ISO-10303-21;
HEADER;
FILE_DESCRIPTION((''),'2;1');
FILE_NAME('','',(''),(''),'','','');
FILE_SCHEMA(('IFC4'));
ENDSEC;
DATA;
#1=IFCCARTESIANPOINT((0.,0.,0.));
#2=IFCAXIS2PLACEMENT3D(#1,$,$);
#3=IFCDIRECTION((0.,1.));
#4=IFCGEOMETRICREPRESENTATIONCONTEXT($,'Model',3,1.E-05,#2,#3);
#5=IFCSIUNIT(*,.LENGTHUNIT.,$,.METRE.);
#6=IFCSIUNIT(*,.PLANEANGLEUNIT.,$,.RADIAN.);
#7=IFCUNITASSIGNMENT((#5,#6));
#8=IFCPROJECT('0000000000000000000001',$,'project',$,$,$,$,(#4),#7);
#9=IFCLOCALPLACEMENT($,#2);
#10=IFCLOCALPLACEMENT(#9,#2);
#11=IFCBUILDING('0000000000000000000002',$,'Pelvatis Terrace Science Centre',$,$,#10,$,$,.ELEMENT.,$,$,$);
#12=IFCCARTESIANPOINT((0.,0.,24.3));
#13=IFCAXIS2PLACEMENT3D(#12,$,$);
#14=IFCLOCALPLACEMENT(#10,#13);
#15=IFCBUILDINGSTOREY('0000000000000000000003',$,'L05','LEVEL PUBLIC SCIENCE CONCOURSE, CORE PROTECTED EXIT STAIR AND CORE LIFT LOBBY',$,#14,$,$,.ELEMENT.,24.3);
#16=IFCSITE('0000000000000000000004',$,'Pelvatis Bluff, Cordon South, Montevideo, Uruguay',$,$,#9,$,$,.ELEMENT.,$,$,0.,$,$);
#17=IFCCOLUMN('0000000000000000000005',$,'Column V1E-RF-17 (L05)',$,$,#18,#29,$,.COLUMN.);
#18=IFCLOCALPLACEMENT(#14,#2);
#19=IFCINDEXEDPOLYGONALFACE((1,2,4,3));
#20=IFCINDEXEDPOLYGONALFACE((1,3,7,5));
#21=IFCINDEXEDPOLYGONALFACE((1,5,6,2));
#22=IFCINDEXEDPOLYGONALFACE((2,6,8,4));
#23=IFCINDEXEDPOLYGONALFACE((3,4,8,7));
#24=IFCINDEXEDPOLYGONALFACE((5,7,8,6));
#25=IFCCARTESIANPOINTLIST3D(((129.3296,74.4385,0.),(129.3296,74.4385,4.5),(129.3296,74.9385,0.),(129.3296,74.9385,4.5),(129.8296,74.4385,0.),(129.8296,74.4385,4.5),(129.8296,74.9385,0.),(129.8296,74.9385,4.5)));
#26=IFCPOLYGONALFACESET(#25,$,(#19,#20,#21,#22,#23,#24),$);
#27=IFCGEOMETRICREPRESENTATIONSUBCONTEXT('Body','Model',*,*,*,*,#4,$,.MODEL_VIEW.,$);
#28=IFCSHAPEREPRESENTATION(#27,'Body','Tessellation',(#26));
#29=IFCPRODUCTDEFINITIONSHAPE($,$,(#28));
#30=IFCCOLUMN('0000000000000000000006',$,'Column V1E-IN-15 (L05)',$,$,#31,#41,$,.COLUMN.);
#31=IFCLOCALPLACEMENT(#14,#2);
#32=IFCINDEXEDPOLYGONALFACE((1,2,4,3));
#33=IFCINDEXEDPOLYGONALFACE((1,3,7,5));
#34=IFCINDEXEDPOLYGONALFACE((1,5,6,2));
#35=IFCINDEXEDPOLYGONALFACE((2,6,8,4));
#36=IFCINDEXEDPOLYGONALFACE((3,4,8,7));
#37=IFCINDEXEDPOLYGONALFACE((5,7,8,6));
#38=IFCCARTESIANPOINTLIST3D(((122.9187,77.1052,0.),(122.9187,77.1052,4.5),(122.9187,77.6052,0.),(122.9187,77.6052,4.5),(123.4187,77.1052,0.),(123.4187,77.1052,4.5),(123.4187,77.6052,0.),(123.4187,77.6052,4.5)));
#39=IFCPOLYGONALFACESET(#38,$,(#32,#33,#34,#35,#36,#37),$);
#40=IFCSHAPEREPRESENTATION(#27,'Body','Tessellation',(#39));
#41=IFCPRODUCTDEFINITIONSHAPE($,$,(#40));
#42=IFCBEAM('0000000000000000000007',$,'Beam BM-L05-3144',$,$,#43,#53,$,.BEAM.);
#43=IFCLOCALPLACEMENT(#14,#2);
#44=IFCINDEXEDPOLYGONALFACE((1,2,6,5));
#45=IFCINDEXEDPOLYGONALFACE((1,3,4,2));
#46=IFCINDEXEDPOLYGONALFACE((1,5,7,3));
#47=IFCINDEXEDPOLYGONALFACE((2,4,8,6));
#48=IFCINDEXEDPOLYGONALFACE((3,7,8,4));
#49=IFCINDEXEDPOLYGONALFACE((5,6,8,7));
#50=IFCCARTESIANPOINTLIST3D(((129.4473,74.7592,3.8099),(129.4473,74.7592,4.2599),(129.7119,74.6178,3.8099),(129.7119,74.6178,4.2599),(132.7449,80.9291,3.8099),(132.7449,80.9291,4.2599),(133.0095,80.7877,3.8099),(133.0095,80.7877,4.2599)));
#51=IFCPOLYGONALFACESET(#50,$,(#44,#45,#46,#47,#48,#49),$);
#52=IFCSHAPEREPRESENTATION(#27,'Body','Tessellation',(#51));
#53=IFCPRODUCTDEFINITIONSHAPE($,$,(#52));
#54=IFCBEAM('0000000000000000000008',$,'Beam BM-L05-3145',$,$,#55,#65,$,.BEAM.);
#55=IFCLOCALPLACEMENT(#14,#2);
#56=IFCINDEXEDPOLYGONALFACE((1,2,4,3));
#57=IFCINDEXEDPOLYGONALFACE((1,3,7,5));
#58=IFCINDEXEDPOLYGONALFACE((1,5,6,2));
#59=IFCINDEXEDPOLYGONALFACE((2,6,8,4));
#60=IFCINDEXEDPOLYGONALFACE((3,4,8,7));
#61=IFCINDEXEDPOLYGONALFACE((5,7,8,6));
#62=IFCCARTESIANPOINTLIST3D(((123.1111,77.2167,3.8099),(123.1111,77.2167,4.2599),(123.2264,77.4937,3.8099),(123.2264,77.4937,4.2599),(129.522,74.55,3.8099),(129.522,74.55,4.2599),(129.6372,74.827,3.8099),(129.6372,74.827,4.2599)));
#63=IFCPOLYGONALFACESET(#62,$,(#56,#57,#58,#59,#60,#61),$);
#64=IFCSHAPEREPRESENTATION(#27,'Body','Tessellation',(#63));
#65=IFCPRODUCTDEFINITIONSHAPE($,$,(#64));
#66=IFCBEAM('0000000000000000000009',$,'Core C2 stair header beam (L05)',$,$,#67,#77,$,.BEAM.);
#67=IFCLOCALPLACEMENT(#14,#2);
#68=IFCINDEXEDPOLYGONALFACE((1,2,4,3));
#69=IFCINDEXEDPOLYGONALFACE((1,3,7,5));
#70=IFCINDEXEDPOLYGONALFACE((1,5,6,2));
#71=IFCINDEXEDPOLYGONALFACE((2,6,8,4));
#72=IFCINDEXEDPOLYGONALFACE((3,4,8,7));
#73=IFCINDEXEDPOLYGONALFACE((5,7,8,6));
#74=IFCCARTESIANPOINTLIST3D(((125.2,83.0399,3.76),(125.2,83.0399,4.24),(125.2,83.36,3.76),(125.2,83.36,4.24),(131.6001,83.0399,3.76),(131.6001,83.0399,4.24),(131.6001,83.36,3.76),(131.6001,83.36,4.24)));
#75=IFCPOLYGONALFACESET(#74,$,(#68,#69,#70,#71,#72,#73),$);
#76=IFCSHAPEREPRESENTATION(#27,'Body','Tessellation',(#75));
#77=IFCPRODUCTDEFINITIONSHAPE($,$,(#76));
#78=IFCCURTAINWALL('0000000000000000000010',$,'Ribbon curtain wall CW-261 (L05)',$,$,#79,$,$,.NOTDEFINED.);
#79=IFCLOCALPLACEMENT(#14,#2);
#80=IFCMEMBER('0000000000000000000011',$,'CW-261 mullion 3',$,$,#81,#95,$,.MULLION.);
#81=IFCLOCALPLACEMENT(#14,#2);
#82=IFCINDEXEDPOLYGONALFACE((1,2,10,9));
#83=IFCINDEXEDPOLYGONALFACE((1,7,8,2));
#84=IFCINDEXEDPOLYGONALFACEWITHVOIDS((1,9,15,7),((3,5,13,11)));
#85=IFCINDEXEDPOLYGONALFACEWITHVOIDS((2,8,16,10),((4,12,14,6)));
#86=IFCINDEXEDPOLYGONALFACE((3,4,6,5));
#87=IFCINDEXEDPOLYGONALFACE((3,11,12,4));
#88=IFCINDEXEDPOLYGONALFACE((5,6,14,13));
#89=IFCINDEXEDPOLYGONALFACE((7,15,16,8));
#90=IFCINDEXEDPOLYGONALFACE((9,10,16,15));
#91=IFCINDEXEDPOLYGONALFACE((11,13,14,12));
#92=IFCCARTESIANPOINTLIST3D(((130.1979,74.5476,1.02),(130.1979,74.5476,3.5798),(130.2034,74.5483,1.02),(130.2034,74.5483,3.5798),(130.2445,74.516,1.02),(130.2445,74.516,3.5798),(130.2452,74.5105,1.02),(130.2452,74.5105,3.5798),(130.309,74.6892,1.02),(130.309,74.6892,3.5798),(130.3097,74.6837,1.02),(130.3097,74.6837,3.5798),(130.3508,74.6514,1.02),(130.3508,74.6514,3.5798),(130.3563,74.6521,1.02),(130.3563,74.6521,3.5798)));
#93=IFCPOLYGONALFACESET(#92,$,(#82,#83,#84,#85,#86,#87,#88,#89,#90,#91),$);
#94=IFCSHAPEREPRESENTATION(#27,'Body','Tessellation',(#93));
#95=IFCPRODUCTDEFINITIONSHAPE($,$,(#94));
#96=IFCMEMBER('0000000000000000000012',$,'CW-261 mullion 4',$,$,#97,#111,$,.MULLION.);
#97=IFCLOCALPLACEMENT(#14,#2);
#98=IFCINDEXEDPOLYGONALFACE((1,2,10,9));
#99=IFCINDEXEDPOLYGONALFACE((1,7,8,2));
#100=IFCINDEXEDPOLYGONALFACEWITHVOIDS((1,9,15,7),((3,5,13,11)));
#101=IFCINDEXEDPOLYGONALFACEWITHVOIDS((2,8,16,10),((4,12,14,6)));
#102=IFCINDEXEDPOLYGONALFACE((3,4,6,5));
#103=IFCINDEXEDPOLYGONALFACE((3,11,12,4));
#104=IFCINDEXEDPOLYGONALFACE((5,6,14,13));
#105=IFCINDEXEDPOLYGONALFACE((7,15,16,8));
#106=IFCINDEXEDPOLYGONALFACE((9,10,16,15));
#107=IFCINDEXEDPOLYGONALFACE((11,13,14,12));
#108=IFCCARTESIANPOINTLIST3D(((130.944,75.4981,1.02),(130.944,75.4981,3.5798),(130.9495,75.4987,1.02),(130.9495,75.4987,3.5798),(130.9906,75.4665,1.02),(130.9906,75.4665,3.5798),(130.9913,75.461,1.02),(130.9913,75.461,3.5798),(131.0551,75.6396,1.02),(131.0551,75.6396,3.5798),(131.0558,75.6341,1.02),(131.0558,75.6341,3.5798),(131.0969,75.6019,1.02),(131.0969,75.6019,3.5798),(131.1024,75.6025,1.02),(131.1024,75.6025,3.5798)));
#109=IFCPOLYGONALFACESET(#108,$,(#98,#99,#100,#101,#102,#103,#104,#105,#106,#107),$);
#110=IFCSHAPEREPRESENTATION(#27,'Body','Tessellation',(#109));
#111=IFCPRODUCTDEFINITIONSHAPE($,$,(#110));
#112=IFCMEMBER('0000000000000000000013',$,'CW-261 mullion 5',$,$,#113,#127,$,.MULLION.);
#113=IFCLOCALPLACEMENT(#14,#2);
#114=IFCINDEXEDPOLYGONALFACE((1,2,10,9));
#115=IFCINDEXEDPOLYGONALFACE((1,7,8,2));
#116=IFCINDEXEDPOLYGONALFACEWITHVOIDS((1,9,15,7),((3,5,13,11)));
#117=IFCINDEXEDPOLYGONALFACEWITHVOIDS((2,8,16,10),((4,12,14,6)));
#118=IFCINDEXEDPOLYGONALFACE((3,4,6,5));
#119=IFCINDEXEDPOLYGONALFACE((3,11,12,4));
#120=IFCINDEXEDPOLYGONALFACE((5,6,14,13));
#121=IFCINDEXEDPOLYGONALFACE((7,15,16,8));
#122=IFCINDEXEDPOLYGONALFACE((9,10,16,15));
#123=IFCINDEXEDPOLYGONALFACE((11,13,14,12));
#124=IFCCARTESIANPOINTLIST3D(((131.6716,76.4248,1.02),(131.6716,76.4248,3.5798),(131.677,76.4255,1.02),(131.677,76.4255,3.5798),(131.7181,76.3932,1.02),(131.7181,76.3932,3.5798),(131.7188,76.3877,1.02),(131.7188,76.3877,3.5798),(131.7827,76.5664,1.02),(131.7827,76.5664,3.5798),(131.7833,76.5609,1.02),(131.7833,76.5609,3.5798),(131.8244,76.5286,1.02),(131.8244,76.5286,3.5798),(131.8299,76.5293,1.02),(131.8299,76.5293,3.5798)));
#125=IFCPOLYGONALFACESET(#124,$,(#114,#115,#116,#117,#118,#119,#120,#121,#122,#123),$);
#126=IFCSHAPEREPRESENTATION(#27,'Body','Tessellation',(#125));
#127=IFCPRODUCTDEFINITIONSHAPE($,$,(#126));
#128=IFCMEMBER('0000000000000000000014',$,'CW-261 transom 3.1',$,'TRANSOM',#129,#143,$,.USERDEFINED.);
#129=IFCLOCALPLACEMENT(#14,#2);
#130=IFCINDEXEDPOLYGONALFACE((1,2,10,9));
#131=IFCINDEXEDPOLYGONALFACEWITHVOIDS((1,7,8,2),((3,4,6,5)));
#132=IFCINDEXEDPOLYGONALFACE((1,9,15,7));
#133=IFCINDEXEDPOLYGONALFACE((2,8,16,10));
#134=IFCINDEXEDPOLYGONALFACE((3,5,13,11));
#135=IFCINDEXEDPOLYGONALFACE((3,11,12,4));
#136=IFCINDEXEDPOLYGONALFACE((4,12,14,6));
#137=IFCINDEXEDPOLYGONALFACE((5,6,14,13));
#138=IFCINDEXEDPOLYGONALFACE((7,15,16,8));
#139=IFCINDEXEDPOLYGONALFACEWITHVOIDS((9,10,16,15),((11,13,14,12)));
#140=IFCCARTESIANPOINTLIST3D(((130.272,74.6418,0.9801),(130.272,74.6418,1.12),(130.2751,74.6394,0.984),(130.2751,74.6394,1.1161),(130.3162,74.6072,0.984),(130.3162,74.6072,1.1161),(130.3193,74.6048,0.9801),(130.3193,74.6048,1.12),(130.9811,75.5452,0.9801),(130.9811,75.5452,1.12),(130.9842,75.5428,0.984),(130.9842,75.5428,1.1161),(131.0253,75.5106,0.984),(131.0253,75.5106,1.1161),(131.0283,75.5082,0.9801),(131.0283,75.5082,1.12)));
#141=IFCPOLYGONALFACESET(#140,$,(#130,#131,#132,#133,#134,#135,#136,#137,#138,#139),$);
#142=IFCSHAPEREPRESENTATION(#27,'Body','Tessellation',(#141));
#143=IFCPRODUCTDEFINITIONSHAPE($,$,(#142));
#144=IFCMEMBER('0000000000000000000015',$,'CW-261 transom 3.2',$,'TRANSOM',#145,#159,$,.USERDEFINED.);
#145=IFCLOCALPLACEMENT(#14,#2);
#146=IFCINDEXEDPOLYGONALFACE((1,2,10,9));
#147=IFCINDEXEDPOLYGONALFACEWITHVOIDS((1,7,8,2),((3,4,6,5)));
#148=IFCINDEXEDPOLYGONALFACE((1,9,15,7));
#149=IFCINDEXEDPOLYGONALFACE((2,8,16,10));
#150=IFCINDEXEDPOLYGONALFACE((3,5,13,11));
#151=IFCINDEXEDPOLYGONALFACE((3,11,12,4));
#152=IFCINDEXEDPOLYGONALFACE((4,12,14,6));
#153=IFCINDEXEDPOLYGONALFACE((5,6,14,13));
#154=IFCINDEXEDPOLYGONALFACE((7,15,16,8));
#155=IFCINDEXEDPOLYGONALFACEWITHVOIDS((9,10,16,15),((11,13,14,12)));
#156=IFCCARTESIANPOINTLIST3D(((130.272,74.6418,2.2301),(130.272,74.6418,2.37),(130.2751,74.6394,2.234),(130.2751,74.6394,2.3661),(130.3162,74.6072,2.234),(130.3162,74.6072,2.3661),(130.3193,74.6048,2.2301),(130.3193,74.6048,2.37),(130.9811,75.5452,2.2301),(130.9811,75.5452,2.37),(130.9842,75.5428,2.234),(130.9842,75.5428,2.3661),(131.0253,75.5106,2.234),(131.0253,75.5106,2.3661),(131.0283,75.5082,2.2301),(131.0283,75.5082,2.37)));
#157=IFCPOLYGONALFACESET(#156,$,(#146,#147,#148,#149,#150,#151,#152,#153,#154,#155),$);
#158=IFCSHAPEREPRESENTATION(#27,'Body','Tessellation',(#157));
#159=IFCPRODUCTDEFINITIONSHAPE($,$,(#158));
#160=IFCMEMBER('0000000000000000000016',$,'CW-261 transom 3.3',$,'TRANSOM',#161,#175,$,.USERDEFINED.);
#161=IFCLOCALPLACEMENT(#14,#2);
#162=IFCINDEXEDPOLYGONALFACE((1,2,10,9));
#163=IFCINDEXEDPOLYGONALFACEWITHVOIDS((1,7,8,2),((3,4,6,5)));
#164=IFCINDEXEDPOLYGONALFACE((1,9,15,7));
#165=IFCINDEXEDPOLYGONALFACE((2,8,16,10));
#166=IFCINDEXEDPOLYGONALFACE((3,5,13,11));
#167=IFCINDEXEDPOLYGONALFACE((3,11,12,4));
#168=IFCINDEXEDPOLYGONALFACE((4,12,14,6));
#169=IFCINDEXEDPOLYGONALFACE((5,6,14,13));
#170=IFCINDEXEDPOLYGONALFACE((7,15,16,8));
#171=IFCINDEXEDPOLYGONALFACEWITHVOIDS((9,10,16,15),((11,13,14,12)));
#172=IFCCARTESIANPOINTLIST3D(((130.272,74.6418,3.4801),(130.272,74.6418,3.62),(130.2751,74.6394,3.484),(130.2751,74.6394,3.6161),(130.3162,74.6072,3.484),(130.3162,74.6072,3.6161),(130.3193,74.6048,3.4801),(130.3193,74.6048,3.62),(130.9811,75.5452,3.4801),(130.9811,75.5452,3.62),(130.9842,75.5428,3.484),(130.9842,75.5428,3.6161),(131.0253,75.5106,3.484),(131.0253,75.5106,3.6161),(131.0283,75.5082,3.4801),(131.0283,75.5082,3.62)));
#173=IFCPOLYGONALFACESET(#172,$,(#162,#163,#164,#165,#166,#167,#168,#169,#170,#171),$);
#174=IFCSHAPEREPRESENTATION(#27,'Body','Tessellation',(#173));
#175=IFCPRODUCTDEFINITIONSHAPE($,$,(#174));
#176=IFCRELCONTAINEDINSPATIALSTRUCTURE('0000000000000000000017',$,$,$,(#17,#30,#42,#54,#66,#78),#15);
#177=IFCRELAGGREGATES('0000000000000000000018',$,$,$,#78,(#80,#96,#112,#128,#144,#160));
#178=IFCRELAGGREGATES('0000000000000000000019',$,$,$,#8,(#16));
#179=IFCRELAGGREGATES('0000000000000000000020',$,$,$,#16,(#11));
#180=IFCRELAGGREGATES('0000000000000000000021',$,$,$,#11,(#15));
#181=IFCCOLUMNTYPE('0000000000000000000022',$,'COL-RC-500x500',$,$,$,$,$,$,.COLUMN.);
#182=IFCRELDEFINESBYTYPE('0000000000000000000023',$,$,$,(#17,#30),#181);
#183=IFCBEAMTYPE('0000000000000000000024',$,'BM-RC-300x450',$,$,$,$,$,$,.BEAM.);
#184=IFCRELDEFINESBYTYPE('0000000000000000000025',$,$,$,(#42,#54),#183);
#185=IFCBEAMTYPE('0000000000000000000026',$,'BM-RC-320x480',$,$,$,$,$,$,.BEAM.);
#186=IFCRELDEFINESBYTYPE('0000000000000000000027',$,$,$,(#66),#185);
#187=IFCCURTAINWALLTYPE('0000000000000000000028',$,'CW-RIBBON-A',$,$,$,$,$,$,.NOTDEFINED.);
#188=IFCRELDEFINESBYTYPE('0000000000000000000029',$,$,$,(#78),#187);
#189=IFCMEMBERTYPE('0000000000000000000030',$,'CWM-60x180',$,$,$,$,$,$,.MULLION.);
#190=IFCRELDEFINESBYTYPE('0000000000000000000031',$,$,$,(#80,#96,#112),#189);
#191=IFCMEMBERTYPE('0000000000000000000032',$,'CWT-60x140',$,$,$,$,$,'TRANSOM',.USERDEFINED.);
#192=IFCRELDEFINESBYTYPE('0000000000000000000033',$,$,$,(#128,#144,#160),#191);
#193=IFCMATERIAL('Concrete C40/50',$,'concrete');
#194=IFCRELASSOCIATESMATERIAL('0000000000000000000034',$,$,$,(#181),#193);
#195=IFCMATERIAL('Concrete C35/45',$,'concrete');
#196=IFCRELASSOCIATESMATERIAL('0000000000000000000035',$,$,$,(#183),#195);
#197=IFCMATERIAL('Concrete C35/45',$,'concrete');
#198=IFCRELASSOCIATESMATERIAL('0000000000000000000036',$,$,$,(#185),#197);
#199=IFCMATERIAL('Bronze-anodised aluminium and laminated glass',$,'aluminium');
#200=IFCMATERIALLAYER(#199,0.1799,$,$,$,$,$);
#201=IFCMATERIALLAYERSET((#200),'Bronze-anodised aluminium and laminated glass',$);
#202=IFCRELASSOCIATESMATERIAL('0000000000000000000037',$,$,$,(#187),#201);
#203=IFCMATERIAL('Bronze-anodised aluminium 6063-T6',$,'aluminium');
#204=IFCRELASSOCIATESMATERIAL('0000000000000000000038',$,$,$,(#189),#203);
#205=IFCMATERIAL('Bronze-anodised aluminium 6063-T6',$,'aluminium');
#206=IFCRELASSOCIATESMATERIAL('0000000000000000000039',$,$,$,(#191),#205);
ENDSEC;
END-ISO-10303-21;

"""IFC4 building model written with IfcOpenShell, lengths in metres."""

from ifc_helpers import new_model, si_unit, direction, frame, origin, origin_2d, place, context, subcontext, project, spatial, rectangle, hollow_rectangle, extrude, material, layer, layer_set, material_profile, profile_set, type_object, element, aggregate, save


model = new_model("IFC4")

# Units and contexts
model_context = context("Model", 3, precision=1e-05, world=origin(), true_north=direction((0.0, 1.0)))
body_context = subcontext(model_context, "Body", "Model", "MODEL_VIEW")
ifc_project = project(units=[si_unit("LENGTHUNIT", "METRE"), si_unit("PLANEANGLEUNIT", "RADIAN")], contexts=[model_context])

# Site, building, storey
site_placement = place(None, origin())
site = spatial("IfcSite", under=ifc_project, at=site_placement, Name="Pelvatis Bluff, Cordon South, Montevideo, Uruguay", CompositionType="ELEMENT", RefElevation=0.0)
building_placement = place(site_placement, origin())
building = spatial("IfcBuilding", under=site, at=building_placement, Name="Pelvatis Terrace Science Centre", CompositionType="ELEMENT")
storey_placement = place(building_placement, frame((0.0, 0.0, 24.3)))
storey = spatial("IfcBuildingStorey", under=building, at=storey_placement, Name="L05", Description="LEVEL PUBLIC SCIENCE CONCOURSE, CORE PROTECTED EXIT STAIR AND CORE LIFT LOBBY", CompositionType="ELEMENT", Elevation=24.3)

# Columns
ifc_material_1 = material(Name="Concrete C40/50", Category="concrete")
ifc_material_profile_1 = material_profile(ifc_material_1, rectangle(XDim=0.5, YDim=0.5, at=origin_2d()), Name="RC-COL 500x500")
ifc_profile_set_1 = profile_set([ifc_material_profile_1], Name="Concrete C40/50")
column_type = type_object("IfcColumnType", Name="COL-RC-500x500", PredefinedType="COLUMN", material=ifc_profile_set_1)
for number, where, z_axis, x_axis, name in (
    (1, (129.5796, 74.6885, 0.0), (0.0, 0.0, 1.0), (1.0, 0.0, 0.0), "Column V1E-RF-17 (L05)"),
    (2, (123.1687, 77.3552, 0.0), (0.0, 0.0, 1.0), (1.0, 0.0, 0.0), "Column V1E-IN-15 (L05)"),
):
    element("IfcColumn", number, at=place(storey_placement, frame(where, z_axis=z_axis, x_axis=x_axis)), inside=storey, type_object=column_type, Name=name, PredefinedType="COLUMN", context=body_context, shape_type="SweptSolid", body=[
        extrude(rectangle(XDim=0.5, YDim=0.5, at=origin_2d()), origin(), (0.0, 0.0, 1.0), 4.5),
    ])

# Beams
ifc_material_2 = material(Name="Concrete C35/45", Category="concrete")
ifc_material_profile_2 = material_profile(ifc_material_2, rectangle(XDim=0.3, YDim=0.45, at=origin_2d()), Name="RC-BM 300x450")
ifc_profile_set_2 = profile_set([ifc_material_profile_2], Name="Concrete C35/45")
beam_type_1 = type_object("IfcBeamType", Name="BM-RC-300x450", PredefinedType="BEAM", material=ifc_profile_set_2)
beam_1_placement = place(storey_placement, frame((129.5796, 74.6885, 4.0349), z_axis=(0.471365, 0.881938, 0.0), x_axis=(-0.881938, 0.471365, 0.0)))
element("IfcBeam", 3, at=beam_1_placement, inside=storey, type_object=beam_type_1, Name="Beam BM-L05-3144", PredefinedType="BEAM", context=body_context, shape_type="SweptSolid", body=[
    extrude(rectangle(XDim=0.3, YDim=0.45, at=origin_2d()), origin(), (0.0, 0.0, 1.0), 6.9958),
])
beam_2_placement = place(storey_placement, frame((129.5796, 74.6885, 4.0349), z_axis=(-0.923305, 0.384069, 0.0), x_axis=(-0.384069, -0.923305, 0.0)))
element("IfcBeam", 4, at=beam_2_placement, inside=storey, type_object=beam_type_1, Name="Beam BM-L05-3145", PredefinedType="BEAM", context=body_context, shape_type="SweptSolid", body=[
    extrude(rectangle(XDim=0.3, YDim=0.45, at=origin_2d()), origin(), (0.0, 0.0, 1.0), 6.9434),
])
ifc_material_3 = material(Name="Concrete C35/45", Category="concrete")
ifc_material_profile_3 = material_profile(ifc_material_3, rectangle(XDim=0.3201, YDim=0.48, at=origin_2d()), Name="RC-BM 320x480")
ifc_profile_set_3 = profile_set([ifc_material_profile_3], Name="Concrete C35/45")
beam_type_2 = type_object("IfcBeamType", Name="BM-RC-320x480", PredefinedType="BEAM", material=ifc_profile_set_3)
beam_3_placement = place(storey_placement, frame((125.2, 83.2, 4.0), z_axis=(1.0, 0.0, 0.0), x_axis=(0.0, 1.0, 0.0)))
element("IfcBeam", 5, at=beam_3_placement, inside=storey, type_object=beam_type_2, Name="Core C2 stair header beam (L05)", PredefinedType="BEAM", context=body_context, shape_type="SweptSolid", body=[
    extrude(rectangle(XDim=0.3201, YDim=0.48, at=origin_2d()), origin(), (0.0, 0.0, 1.0), 6.4001),
])

# Curtain wall, members
ifc_material_4 = material(Name="Bronze-anodised aluminium and laminated glass", Category="aluminium")
ifc_layer_1 = layer(ifc_material_4, 0.1799)
ifc_layer_set_1 = layer_set([ifc_layer_1], Name="Bronze-anodised aluminium and laminated glass")
curtain_wall_type = type_object("IfcCurtainWallType", Name="CW-RIBBON-A", PredefinedType="NOTDEFINED", material=ifc_layer_set_1)
curtain_wall_placement = place(storey_placement, origin())
curtain_wall = element("IfcCurtainWall", 6, at=curtain_wall_placement, inside=storey, type_object=curtain_wall_type, Name="Ribbon curtain wall CW-261 (L05)", PredefinedType="NOTDEFINED")
ifc_material_5 = material(Name="Bronze-anodised aluminium 6063-T6", Category="aluminium")
ifc_material_profile_4 = material_profile(ifc_material_5, hollow_rectangle(XDim=0.0601, YDim=0.1799, WallThickness=0.0039, at=origin_2d()), Name="ALU-MUL 60x180")
ifc_profile_set_4 = profile_set([ifc_material_profile_4], Name="Bronze-anodised aluminium 6063-T6")
member_type_1 = type_object("IfcMemberType", Name="CWM-60x180", PredefinedType="MULLION", material=ifc_profile_set_4)
member_1_placement = place(storey_placement, frame((130.2771, 74.5999, 1.02), z_axis=(0.0, 0.0, 1.0), x_axis=(-0.786577, 0.617493, 0.0)))
member_1 = element("IfcMember", 7, at=member_1_placement, type_object=member_type_1, Name="CW-261 mullion 3", PredefinedType="MULLION", context=body_context, shape_type="SweptSolid", body=[
    extrude(hollow_rectangle(XDim=0.0601, YDim=0.1799, WallThickness=0.0039, at=origin_2d()), origin(), (0.0, 0.0, 1.0), 2.5598),
])
member_2_placement = place(storey_placement, frame((131.0232, 75.5503, 1.02), z_axis=(0.0, 0.0, 1.0), x_axis=(-0.786577, 0.617493, 0.0)))
member_2 = element("IfcMember", 8, at=member_2_placement, type_object=member_type_1, Name="CW-261 mullion 4", PredefinedType="MULLION", context=body_context, shape_type="SweptSolid", body=[
    extrude(hollow_rectangle(XDim=0.0601, YDim=0.1799, WallThickness=0.0039, at=origin_2d()), origin(), (0.0, 0.0, 1.0), 2.5598),
])
member_3_placement = place(storey_placement, frame((131.7507, 76.4771, 1.02), z_axis=(0.0, 0.0, 1.0), x_axis=(-0.786577, 0.617493, 0.0)))
member_3 = element("IfcMember", 9, at=member_3_placement, type_object=member_type_1, Name="CW-261 mullion 5", PredefinedType="MULLION", context=body_context, shape_type="SweptSolid", body=[
    extrude(hollow_rectangle(XDim=0.0601, YDim=0.1799, WallThickness=0.0039, at=origin_2d()), origin(), (0.0, 0.0, 1.0), 2.5598),
])
ifc_material_6 = material(Name="Bronze-anodised aluminium 6063-T6", Category="aluminium")
ifc_material_profile_5 = material_profile(ifc_material_6, hollow_rectangle(XDim=0.0601, YDim=0.1399, WallThickness=0.0039, at=origin_2d()), Name="ALU-TRN 60x140")
ifc_profile_set_5 = profile_set([ifc_material_profile_5], Name="Bronze-anodised aluminium 6063-T6")
member_type_2 = type_object("IfcMemberType", Name="CWT-60x140", ElementType="TRANSOM", PredefinedType="USERDEFINED", material=ifc_profile_set_5)
member_4_placement = place(storey_placement, frame((130.2957, 74.6233, 1.05), z_axis=(0.617408, 0.786643, 0.0), x_axis=(-0.786643, 0.617408, 0.0)))
member_4 = element("IfcMember", 10, at=member_4_placement, type_object=member_type_2, Name="CW-261 transom 3.1", ObjectType="TRANSOM", PredefinedType="USERDEFINED", context=body_context, shape_type="SweptSolid", body=[
    extrude(hollow_rectangle(XDim=0.0601, YDim=0.1399, WallThickness=0.0039, at=origin_2d()), origin(), (0.0, 0.0, 1.0), 1.1484),
])
member_5_placement = place(storey_placement, frame((130.2957, 74.6233, 2.3), z_axis=(0.617408, 0.786643, 0.0), x_axis=(-0.786643, 0.617408, 0.0)))
member_5 = element("IfcMember", 11, at=member_5_placement, type_object=member_type_2, Name="CW-261 transom 3.2", ObjectType="TRANSOM", PredefinedType="USERDEFINED", context=body_context, shape_type="SweptSolid", body=[
    extrude(hollow_rectangle(XDim=0.0601, YDim=0.1399, WallThickness=0.0039, at=origin_2d()), origin(), (0.0, 0.0, 1.0), 1.1484),
])
member_6_placement = place(storey_placement, frame((130.2957, 74.6233, 3.55), z_axis=(0.617408, 0.786643, 0.0), x_axis=(-0.786643, 0.617408, 0.0)))
member_6 = element("IfcMember", 12, at=member_6_placement, type_object=member_type_2, Name="CW-261 transom 3.3", ObjectType="TRANSOM", PredefinedType="USERDEFINED", context=body_context, shape_type="SweptSolid", body=[
    extrude(hollow_rectangle(XDim=0.0601, YDim=0.1399, WallThickness=0.0039, at=origin_2d()), origin(), (0.0, 0.0, 1.0), 1.1484),
])
aggregate(curtain_wall, [member_1, member_2, member_3, member_4, member_5, member_6])

save(model, "model.ifc")
